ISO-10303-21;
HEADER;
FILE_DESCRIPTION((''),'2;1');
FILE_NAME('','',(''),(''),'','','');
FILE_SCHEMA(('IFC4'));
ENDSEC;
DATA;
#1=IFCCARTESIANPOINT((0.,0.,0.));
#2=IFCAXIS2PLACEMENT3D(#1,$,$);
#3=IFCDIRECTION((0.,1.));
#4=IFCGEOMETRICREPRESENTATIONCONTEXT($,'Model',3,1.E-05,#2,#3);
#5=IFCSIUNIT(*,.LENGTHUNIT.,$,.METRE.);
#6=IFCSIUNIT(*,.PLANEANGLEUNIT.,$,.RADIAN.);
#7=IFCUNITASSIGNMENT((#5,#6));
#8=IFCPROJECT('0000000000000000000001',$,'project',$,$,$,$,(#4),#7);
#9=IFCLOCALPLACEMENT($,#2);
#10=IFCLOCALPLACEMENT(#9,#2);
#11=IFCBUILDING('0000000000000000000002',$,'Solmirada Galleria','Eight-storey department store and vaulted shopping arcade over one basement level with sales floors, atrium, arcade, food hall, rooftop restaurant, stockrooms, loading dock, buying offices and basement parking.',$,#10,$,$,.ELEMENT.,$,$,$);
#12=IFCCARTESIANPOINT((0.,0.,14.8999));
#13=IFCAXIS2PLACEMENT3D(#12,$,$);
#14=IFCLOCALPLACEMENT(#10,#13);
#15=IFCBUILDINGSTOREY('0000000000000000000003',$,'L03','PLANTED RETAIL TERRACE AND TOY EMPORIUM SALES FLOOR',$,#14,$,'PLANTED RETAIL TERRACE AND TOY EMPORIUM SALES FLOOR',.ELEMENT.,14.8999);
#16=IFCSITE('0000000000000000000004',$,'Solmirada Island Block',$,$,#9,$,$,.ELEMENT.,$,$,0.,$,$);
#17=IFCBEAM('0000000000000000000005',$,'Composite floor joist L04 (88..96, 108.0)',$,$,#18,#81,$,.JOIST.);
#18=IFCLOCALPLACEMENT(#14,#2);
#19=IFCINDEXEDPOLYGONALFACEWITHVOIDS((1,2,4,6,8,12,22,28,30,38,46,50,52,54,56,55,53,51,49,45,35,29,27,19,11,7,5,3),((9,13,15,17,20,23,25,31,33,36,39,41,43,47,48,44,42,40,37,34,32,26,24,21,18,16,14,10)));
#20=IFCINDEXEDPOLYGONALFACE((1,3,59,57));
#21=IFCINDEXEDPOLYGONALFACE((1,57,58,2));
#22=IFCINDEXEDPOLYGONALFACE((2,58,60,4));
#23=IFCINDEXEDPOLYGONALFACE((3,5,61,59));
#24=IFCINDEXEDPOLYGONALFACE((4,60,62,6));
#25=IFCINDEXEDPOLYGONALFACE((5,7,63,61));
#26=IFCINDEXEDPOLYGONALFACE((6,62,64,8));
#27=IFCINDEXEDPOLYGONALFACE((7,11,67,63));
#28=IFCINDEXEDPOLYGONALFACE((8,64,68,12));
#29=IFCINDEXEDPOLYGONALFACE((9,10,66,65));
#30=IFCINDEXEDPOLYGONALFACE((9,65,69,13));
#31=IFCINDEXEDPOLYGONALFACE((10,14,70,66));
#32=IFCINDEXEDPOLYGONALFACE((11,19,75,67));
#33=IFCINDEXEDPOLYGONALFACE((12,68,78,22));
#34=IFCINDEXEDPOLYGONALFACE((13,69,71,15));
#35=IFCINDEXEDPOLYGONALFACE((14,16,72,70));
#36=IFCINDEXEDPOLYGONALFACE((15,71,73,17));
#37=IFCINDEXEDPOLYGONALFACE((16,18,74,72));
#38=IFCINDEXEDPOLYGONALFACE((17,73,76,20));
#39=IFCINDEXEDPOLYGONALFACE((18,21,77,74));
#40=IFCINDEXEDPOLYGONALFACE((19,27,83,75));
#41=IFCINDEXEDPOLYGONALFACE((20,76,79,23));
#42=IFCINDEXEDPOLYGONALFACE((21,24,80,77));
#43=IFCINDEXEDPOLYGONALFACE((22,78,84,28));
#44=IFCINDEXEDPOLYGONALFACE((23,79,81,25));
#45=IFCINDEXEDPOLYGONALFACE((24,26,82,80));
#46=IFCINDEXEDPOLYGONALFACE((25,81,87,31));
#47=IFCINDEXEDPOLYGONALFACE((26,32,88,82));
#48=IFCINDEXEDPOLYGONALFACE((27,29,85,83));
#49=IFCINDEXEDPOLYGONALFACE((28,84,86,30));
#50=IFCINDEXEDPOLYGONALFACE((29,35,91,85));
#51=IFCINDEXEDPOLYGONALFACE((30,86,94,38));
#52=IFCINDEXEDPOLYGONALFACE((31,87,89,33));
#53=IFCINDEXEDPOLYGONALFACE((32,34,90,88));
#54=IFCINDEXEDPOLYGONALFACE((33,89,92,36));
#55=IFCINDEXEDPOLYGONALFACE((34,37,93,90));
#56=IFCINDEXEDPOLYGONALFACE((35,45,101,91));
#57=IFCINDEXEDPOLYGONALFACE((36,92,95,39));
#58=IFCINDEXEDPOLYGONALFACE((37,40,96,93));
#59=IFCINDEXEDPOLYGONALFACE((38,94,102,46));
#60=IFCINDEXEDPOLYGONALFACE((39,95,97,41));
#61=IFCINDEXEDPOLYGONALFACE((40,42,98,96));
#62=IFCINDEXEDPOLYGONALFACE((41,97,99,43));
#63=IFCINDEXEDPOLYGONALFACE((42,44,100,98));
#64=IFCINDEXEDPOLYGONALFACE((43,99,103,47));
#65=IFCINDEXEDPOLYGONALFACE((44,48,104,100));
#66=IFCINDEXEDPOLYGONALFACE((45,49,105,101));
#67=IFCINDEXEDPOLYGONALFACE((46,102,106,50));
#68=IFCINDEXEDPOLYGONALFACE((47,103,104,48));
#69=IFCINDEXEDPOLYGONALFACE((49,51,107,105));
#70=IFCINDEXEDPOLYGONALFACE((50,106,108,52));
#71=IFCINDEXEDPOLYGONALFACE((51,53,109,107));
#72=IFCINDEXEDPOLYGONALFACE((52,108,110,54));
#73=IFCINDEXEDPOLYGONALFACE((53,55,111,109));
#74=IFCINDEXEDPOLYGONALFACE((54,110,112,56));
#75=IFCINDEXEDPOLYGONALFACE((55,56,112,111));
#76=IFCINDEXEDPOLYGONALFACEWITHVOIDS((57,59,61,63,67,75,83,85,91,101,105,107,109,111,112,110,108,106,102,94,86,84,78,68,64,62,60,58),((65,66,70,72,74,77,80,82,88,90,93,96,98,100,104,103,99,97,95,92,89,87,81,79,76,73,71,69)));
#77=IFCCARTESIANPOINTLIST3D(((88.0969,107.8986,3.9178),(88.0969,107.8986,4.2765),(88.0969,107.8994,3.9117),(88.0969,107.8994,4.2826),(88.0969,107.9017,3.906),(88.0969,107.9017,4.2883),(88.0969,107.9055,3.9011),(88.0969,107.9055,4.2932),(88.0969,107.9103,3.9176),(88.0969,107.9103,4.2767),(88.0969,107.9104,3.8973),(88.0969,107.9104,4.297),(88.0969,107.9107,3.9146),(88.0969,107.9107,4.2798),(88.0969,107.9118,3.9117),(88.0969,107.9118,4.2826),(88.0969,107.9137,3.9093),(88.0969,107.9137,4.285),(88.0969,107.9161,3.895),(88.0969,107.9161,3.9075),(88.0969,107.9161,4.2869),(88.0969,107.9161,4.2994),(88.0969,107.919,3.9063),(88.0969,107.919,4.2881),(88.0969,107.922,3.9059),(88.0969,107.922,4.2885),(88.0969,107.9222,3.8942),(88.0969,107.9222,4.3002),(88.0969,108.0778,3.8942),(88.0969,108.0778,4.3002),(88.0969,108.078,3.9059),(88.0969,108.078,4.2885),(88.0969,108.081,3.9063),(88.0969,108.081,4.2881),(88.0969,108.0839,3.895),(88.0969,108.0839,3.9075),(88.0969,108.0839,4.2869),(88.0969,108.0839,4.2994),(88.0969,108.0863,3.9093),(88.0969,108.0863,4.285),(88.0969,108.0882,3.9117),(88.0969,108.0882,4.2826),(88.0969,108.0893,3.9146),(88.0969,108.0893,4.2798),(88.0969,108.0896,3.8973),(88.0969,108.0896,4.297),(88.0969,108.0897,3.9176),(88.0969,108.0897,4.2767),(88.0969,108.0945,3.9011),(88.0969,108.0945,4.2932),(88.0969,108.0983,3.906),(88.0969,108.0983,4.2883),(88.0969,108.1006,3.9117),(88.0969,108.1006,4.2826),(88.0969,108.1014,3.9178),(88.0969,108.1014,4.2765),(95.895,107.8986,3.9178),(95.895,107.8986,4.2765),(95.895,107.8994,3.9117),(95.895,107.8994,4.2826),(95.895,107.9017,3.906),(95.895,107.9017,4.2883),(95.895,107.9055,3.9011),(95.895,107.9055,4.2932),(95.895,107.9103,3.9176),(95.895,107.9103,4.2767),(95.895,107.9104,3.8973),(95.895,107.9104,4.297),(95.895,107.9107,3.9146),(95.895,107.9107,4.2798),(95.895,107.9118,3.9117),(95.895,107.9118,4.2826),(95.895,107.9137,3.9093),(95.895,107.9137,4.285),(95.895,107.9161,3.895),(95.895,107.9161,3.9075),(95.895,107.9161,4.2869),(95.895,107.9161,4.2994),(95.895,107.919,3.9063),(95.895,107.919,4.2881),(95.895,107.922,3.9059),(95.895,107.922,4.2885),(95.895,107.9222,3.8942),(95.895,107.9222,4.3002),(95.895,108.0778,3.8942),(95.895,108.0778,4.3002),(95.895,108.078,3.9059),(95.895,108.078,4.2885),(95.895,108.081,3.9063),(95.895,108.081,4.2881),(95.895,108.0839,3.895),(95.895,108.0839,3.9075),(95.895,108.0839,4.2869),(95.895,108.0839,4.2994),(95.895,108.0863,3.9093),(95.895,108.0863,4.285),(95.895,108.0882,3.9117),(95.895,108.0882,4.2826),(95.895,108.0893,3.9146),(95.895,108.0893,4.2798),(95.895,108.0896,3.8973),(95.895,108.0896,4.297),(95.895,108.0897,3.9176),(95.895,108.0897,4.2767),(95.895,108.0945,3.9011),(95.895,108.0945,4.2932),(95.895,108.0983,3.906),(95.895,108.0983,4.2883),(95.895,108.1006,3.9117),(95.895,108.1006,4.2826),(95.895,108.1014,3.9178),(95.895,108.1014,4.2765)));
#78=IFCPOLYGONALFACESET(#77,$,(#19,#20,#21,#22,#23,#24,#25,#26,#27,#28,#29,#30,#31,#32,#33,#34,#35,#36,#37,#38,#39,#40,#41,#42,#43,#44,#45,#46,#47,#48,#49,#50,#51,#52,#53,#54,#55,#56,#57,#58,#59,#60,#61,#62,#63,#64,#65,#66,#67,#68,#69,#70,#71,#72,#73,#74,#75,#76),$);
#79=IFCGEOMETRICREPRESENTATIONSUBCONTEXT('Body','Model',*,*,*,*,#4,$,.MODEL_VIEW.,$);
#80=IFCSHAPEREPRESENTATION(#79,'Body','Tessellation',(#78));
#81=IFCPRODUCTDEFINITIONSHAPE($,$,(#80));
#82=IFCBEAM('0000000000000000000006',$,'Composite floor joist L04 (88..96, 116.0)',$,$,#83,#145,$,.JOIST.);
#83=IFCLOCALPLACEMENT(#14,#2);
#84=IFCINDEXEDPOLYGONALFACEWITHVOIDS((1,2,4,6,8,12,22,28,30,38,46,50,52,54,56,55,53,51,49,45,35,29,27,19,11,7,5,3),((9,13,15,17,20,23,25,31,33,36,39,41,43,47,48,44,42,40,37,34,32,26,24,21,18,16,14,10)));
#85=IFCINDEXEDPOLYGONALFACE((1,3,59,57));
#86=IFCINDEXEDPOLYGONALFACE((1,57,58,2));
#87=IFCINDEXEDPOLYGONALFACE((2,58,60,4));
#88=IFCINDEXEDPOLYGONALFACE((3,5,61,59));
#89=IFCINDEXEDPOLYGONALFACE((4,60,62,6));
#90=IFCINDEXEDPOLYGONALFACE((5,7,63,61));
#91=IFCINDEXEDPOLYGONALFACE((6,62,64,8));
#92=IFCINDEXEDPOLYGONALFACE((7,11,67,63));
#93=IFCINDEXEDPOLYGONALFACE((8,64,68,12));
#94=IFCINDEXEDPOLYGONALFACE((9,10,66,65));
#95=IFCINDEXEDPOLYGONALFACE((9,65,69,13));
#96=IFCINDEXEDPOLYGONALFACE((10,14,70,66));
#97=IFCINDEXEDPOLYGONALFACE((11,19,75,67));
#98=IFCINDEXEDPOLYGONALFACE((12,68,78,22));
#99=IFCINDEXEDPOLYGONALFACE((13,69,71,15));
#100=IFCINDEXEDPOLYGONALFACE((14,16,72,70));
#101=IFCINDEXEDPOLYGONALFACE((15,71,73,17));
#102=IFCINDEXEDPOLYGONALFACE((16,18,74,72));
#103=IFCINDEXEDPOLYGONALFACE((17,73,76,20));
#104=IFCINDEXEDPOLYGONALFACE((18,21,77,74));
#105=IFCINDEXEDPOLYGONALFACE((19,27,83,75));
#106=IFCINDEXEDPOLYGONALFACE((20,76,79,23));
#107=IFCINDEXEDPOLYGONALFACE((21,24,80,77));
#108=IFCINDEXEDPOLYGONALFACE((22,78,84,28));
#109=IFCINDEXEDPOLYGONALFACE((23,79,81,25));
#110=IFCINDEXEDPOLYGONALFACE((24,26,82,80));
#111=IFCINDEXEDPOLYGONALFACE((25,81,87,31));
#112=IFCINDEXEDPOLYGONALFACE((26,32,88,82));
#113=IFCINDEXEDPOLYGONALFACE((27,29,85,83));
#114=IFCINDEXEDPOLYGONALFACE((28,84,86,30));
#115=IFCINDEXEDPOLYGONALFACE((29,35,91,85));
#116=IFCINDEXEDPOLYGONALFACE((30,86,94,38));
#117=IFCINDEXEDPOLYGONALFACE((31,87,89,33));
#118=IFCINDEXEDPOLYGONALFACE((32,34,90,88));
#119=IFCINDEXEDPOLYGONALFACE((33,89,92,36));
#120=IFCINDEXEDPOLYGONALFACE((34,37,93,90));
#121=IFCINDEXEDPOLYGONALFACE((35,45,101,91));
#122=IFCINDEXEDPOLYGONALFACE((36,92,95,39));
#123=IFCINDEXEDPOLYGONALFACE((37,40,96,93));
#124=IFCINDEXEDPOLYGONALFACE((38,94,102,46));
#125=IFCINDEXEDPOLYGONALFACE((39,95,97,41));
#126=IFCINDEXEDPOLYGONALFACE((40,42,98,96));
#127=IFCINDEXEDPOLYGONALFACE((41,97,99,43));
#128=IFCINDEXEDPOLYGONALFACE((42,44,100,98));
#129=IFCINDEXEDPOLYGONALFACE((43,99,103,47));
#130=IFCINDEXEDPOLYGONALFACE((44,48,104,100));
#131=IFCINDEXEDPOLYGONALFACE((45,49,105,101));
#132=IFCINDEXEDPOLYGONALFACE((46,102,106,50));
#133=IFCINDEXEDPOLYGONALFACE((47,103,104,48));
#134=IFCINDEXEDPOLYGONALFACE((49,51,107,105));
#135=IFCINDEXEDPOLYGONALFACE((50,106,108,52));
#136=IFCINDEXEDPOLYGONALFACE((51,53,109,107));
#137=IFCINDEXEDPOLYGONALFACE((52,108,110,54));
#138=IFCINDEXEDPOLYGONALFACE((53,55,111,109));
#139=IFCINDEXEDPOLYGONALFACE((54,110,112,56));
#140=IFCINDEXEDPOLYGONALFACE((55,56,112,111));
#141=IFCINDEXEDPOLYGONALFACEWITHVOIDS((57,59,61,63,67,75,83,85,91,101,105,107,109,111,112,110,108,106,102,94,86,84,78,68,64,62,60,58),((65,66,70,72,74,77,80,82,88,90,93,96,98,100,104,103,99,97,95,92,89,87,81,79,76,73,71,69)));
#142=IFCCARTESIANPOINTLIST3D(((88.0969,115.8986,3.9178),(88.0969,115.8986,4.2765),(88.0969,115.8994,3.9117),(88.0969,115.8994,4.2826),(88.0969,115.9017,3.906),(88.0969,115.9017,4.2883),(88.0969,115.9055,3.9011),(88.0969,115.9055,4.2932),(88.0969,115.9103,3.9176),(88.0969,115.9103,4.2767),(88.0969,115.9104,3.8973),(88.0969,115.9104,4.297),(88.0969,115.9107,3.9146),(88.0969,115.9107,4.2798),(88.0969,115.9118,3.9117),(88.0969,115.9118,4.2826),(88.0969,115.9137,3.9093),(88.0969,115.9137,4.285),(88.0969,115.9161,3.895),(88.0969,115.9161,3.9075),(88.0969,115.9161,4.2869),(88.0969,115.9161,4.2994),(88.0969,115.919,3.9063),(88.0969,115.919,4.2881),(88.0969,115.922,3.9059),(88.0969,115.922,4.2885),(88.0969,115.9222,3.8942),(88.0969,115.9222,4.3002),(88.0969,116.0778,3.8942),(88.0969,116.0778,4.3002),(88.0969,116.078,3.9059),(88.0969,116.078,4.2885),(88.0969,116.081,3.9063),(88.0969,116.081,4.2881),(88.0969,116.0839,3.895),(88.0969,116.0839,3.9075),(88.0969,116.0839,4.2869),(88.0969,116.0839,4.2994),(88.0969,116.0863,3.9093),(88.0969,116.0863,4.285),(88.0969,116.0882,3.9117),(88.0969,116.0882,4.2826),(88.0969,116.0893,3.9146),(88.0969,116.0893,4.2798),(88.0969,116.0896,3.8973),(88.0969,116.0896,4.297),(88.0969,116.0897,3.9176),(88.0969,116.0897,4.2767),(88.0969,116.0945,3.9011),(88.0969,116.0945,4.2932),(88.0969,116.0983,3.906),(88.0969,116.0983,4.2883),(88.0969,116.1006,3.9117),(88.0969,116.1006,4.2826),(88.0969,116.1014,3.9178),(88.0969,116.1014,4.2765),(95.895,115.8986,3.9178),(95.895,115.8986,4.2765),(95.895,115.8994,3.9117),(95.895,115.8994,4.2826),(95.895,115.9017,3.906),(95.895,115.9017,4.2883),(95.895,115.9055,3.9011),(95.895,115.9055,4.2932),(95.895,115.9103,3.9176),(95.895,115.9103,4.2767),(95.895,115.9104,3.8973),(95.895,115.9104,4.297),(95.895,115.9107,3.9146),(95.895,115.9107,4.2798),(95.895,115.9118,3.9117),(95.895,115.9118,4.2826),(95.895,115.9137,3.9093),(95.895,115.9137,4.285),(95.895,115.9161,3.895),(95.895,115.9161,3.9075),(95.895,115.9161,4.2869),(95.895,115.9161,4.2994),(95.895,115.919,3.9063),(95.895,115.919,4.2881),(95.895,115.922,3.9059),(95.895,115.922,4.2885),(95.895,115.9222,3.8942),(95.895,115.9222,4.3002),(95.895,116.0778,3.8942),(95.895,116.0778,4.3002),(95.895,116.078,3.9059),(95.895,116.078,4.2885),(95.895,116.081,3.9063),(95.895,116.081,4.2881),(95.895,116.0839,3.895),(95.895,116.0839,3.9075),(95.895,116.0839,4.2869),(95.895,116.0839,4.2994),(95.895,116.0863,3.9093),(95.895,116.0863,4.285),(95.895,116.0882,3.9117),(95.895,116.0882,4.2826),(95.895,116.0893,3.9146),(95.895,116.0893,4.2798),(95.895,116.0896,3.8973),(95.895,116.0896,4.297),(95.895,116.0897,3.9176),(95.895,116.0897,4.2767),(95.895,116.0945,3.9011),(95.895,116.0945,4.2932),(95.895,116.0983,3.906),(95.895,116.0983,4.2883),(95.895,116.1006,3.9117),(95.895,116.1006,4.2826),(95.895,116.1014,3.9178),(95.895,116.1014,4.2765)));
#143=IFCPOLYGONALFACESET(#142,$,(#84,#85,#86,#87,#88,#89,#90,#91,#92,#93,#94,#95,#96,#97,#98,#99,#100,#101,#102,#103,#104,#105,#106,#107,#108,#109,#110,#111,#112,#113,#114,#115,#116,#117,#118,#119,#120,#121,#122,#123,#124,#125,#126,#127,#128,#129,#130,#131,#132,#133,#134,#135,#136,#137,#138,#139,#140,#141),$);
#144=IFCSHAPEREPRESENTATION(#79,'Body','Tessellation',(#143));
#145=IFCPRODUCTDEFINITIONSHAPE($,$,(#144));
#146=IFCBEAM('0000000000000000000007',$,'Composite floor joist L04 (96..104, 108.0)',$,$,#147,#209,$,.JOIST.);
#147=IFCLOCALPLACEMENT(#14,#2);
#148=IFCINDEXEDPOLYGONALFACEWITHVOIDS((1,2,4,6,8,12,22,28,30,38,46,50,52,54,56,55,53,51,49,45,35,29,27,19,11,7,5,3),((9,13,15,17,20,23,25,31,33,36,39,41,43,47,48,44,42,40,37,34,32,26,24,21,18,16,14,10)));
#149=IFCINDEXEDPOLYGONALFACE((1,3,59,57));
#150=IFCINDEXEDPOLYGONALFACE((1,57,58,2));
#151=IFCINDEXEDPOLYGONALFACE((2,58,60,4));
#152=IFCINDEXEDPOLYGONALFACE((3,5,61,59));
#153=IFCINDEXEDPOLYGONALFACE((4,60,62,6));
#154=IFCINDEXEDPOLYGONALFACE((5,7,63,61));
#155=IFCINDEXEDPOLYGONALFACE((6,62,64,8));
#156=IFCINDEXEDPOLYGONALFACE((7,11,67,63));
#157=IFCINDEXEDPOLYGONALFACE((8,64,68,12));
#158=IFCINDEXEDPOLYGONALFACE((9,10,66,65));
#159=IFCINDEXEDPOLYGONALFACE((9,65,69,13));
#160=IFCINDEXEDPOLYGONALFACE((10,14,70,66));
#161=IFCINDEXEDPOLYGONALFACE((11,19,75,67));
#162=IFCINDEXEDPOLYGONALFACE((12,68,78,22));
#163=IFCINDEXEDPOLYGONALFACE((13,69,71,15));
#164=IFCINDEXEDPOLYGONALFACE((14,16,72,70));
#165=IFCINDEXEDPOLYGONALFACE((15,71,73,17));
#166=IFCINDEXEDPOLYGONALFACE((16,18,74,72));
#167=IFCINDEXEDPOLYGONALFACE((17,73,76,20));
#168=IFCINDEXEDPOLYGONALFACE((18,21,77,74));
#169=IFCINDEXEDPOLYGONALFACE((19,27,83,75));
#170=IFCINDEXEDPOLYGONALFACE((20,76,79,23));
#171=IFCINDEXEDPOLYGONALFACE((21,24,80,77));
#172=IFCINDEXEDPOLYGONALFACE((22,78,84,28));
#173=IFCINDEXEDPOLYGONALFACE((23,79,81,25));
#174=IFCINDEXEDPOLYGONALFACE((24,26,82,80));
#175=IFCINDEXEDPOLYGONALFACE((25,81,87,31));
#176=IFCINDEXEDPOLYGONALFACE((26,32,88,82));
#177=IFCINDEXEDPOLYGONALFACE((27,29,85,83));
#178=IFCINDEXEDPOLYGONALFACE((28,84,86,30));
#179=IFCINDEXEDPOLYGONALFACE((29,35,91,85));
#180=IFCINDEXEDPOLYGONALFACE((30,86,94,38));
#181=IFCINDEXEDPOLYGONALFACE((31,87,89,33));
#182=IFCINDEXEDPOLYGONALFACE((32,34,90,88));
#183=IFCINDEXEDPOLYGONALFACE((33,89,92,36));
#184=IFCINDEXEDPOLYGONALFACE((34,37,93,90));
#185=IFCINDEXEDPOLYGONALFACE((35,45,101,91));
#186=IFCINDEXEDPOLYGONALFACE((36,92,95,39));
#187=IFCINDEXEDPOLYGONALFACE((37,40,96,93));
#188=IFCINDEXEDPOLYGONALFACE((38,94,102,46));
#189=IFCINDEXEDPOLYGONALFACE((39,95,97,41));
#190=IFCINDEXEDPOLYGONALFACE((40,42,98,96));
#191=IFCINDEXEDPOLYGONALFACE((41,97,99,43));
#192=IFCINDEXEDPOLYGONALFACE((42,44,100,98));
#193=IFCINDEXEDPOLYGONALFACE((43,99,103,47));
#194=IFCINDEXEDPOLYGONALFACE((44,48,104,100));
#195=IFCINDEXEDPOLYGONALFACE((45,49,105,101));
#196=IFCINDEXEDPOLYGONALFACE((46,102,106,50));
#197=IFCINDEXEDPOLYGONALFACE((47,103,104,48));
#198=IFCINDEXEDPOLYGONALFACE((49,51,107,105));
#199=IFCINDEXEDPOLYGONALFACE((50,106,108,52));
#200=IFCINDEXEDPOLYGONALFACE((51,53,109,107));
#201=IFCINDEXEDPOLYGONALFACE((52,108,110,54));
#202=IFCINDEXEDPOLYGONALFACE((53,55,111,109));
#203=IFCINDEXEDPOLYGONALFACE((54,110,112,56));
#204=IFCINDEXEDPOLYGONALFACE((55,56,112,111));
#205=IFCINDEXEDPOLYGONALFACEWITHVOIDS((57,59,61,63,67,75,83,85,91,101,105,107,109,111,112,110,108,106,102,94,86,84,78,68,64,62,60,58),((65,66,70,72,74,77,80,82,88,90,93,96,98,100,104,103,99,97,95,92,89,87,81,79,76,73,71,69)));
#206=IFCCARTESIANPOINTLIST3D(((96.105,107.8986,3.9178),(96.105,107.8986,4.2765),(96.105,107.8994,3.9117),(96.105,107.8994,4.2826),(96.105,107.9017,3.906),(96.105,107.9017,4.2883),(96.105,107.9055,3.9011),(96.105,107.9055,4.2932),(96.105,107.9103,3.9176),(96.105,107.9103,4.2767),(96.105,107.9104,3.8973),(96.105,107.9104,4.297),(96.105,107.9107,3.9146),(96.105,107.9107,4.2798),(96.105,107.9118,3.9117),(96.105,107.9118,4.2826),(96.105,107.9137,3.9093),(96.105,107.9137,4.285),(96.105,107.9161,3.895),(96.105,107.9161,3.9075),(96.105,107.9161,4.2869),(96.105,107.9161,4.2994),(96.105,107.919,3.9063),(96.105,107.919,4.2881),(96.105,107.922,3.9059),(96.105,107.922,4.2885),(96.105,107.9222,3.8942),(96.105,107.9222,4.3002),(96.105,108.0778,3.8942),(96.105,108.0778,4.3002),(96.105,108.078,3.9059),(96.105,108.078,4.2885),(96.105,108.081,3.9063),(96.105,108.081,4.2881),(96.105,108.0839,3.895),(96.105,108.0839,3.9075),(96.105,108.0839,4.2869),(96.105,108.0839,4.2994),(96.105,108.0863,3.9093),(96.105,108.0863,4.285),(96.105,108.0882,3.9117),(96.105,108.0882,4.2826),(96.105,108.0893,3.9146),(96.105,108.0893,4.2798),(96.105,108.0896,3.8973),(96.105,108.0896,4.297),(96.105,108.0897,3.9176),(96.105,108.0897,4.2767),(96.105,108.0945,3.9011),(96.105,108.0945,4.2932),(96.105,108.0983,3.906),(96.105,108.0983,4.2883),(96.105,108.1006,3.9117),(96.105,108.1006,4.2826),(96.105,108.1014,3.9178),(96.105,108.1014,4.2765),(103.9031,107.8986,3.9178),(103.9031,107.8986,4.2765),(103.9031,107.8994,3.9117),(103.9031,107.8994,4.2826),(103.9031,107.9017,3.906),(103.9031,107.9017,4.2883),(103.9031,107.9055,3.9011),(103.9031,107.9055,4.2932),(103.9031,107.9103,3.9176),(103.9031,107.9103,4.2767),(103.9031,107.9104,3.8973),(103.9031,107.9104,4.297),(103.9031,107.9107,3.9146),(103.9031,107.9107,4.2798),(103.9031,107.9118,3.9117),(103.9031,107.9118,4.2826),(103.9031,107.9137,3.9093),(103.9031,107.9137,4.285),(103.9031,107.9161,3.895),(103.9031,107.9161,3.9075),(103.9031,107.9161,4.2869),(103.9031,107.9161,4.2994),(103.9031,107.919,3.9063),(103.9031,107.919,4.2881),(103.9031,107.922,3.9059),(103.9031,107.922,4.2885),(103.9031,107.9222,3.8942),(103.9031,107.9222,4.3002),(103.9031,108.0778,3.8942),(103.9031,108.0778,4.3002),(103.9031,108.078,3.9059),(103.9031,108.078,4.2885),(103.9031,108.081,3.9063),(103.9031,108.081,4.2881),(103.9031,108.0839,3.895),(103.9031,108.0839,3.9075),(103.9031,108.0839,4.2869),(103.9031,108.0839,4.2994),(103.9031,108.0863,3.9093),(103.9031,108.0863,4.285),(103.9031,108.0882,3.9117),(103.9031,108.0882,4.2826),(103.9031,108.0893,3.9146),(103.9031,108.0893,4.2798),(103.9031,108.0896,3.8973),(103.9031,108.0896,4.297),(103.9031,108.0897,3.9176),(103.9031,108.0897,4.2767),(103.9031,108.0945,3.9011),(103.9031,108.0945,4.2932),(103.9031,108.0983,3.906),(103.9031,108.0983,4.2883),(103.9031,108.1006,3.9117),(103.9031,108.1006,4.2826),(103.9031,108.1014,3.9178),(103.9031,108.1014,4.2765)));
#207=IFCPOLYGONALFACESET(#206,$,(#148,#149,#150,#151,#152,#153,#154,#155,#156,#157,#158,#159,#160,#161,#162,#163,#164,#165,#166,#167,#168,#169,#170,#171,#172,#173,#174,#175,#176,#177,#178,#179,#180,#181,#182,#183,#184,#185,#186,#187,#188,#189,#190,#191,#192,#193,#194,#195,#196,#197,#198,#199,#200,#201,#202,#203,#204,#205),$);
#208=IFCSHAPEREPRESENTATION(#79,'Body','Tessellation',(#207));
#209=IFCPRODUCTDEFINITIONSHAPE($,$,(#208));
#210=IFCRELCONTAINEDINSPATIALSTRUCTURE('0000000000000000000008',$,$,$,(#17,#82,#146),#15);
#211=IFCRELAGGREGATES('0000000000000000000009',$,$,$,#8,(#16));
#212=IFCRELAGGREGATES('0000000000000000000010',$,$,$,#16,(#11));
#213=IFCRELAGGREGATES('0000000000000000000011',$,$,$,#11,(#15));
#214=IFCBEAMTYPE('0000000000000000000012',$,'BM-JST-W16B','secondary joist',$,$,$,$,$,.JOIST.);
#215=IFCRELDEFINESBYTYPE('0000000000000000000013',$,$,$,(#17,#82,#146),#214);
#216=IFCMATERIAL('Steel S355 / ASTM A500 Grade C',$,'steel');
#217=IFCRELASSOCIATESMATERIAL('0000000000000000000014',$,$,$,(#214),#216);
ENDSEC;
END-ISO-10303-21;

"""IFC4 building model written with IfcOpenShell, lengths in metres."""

from ifc_helpers import new_model, si_unit, direction, frame, origin, origin_2d, place, context, subcontext, project, spatial, hollow_rectangle, extrude, material, material_profile, profile_set, type_object, element, save


model = new_model("IFC4")

# Units and contexts
model_context = context("Model", 3, precision=1e-05, world=origin(), true_north=direction((0.0, 1.0)))
body_context = subcontext(model_context, "Body", "Model", "MODEL_VIEW")
ifc_project = project(units=[si_unit("LENGTHUNIT", "METRE"), si_unit("PLANEANGLEUNIT", "RADIAN")], contexts=[model_context])

# Site, building, storey
site_placement = place(None, origin())
site = spatial("IfcSite", under=ifc_project, at=site_placement, Name="Solmirada Island Block", CompositionType="ELEMENT", RefElevation=0.0)
building_placement = place(site_placement, origin())
building = spatial("IfcBuilding", under=site, at=building_placement, Name="Solmirada Galleria", Description="Eight-storey department store and vaulted shopping arcade over one basement level with sales floors, atrium, arcade, food hall, rooftop restaurant, stockrooms, loading dock, buying offices and basement parking.", CompositionType="ELEMENT")
storey_placement = place(building_placement, frame((0.0, 0.0, 14.8999)))
storey = spatial("IfcBuildingStorey", under=building, at=storey_placement, Name="L03", Description="PLANTED RETAIL TERRACE AND TOY EMPORIUM SALES FLOOR", LongName="PLANTED RETAIL TERRACE AND TOY EMPORIUM SALES FLOOR", CompositionType="ELEMENT", Elevation=14.8999)

# Shared definitions
ifc_material_1 = material(Name="Steel S355 / ASTM A500 Grade C", Category="steel")

# Beams
ifc_material_profile_1 = material_profile(ifc_material_1, hollow_rectangle(XDim=0.2029, YDim=0.406, WallThickness=0.0117, InnerFilletRadius=0.0117, OuterFilletRadius=0.0237, at=origin_2d()), Name="HSS16X8X1/2")
ifc_profile_set_1 = profile_set([ifc_material_profile_1], Name="Steel S355 / ASTM A500 Grade C")
beam_type_1 = type_object("IfcBeamType", Name="BM-JST-W16B", Description="secondary joist", PredefinedType="JOIST", material=ifc_profile_set_1)
for number, where, z_axis, x_axis, name in (
    (1, (88.0969, 108.0, 4.0972), (1.0, 0.0, 0.0), (0.0, 1.0, 0.0), "Composite floor joist L04 (88..96, 108.0)"),
    (2, (88.0969, 116.0, 4.0972), (1.0, 0.0, 0.0), (0.0, 1.0, 0.0), "Composite floor joist L04 (88..96, 116.0)"),
    (3, (96.105, 108.0, 4.0972), (1.0, 0.0, 0.0), (0.0, 1.0, 0.0), "Composite floor joist L04 (96..104, 108.0)"),
):
    element("IfcBeam", number, at=place(storey_placement, frame(where, z_axis=z_axis, x_axis=x_axis)), inside=storey, type_object=beam_type_1, Name=name, PredefinedType="JOIST", context=body_context, shape_type="SweptSolid", body=[
        extrude(hollow_rectangle(XDim=0.2029, YDim=0.406, WallThickness=0.0117, InnerFilletRadius=0.0117, OuterFilletRadius=0.0237, at=origin_2d()), origin(), (0.0, 0.0, 1.0), 7.7981),
    ])

save(model, "model.ifc")
